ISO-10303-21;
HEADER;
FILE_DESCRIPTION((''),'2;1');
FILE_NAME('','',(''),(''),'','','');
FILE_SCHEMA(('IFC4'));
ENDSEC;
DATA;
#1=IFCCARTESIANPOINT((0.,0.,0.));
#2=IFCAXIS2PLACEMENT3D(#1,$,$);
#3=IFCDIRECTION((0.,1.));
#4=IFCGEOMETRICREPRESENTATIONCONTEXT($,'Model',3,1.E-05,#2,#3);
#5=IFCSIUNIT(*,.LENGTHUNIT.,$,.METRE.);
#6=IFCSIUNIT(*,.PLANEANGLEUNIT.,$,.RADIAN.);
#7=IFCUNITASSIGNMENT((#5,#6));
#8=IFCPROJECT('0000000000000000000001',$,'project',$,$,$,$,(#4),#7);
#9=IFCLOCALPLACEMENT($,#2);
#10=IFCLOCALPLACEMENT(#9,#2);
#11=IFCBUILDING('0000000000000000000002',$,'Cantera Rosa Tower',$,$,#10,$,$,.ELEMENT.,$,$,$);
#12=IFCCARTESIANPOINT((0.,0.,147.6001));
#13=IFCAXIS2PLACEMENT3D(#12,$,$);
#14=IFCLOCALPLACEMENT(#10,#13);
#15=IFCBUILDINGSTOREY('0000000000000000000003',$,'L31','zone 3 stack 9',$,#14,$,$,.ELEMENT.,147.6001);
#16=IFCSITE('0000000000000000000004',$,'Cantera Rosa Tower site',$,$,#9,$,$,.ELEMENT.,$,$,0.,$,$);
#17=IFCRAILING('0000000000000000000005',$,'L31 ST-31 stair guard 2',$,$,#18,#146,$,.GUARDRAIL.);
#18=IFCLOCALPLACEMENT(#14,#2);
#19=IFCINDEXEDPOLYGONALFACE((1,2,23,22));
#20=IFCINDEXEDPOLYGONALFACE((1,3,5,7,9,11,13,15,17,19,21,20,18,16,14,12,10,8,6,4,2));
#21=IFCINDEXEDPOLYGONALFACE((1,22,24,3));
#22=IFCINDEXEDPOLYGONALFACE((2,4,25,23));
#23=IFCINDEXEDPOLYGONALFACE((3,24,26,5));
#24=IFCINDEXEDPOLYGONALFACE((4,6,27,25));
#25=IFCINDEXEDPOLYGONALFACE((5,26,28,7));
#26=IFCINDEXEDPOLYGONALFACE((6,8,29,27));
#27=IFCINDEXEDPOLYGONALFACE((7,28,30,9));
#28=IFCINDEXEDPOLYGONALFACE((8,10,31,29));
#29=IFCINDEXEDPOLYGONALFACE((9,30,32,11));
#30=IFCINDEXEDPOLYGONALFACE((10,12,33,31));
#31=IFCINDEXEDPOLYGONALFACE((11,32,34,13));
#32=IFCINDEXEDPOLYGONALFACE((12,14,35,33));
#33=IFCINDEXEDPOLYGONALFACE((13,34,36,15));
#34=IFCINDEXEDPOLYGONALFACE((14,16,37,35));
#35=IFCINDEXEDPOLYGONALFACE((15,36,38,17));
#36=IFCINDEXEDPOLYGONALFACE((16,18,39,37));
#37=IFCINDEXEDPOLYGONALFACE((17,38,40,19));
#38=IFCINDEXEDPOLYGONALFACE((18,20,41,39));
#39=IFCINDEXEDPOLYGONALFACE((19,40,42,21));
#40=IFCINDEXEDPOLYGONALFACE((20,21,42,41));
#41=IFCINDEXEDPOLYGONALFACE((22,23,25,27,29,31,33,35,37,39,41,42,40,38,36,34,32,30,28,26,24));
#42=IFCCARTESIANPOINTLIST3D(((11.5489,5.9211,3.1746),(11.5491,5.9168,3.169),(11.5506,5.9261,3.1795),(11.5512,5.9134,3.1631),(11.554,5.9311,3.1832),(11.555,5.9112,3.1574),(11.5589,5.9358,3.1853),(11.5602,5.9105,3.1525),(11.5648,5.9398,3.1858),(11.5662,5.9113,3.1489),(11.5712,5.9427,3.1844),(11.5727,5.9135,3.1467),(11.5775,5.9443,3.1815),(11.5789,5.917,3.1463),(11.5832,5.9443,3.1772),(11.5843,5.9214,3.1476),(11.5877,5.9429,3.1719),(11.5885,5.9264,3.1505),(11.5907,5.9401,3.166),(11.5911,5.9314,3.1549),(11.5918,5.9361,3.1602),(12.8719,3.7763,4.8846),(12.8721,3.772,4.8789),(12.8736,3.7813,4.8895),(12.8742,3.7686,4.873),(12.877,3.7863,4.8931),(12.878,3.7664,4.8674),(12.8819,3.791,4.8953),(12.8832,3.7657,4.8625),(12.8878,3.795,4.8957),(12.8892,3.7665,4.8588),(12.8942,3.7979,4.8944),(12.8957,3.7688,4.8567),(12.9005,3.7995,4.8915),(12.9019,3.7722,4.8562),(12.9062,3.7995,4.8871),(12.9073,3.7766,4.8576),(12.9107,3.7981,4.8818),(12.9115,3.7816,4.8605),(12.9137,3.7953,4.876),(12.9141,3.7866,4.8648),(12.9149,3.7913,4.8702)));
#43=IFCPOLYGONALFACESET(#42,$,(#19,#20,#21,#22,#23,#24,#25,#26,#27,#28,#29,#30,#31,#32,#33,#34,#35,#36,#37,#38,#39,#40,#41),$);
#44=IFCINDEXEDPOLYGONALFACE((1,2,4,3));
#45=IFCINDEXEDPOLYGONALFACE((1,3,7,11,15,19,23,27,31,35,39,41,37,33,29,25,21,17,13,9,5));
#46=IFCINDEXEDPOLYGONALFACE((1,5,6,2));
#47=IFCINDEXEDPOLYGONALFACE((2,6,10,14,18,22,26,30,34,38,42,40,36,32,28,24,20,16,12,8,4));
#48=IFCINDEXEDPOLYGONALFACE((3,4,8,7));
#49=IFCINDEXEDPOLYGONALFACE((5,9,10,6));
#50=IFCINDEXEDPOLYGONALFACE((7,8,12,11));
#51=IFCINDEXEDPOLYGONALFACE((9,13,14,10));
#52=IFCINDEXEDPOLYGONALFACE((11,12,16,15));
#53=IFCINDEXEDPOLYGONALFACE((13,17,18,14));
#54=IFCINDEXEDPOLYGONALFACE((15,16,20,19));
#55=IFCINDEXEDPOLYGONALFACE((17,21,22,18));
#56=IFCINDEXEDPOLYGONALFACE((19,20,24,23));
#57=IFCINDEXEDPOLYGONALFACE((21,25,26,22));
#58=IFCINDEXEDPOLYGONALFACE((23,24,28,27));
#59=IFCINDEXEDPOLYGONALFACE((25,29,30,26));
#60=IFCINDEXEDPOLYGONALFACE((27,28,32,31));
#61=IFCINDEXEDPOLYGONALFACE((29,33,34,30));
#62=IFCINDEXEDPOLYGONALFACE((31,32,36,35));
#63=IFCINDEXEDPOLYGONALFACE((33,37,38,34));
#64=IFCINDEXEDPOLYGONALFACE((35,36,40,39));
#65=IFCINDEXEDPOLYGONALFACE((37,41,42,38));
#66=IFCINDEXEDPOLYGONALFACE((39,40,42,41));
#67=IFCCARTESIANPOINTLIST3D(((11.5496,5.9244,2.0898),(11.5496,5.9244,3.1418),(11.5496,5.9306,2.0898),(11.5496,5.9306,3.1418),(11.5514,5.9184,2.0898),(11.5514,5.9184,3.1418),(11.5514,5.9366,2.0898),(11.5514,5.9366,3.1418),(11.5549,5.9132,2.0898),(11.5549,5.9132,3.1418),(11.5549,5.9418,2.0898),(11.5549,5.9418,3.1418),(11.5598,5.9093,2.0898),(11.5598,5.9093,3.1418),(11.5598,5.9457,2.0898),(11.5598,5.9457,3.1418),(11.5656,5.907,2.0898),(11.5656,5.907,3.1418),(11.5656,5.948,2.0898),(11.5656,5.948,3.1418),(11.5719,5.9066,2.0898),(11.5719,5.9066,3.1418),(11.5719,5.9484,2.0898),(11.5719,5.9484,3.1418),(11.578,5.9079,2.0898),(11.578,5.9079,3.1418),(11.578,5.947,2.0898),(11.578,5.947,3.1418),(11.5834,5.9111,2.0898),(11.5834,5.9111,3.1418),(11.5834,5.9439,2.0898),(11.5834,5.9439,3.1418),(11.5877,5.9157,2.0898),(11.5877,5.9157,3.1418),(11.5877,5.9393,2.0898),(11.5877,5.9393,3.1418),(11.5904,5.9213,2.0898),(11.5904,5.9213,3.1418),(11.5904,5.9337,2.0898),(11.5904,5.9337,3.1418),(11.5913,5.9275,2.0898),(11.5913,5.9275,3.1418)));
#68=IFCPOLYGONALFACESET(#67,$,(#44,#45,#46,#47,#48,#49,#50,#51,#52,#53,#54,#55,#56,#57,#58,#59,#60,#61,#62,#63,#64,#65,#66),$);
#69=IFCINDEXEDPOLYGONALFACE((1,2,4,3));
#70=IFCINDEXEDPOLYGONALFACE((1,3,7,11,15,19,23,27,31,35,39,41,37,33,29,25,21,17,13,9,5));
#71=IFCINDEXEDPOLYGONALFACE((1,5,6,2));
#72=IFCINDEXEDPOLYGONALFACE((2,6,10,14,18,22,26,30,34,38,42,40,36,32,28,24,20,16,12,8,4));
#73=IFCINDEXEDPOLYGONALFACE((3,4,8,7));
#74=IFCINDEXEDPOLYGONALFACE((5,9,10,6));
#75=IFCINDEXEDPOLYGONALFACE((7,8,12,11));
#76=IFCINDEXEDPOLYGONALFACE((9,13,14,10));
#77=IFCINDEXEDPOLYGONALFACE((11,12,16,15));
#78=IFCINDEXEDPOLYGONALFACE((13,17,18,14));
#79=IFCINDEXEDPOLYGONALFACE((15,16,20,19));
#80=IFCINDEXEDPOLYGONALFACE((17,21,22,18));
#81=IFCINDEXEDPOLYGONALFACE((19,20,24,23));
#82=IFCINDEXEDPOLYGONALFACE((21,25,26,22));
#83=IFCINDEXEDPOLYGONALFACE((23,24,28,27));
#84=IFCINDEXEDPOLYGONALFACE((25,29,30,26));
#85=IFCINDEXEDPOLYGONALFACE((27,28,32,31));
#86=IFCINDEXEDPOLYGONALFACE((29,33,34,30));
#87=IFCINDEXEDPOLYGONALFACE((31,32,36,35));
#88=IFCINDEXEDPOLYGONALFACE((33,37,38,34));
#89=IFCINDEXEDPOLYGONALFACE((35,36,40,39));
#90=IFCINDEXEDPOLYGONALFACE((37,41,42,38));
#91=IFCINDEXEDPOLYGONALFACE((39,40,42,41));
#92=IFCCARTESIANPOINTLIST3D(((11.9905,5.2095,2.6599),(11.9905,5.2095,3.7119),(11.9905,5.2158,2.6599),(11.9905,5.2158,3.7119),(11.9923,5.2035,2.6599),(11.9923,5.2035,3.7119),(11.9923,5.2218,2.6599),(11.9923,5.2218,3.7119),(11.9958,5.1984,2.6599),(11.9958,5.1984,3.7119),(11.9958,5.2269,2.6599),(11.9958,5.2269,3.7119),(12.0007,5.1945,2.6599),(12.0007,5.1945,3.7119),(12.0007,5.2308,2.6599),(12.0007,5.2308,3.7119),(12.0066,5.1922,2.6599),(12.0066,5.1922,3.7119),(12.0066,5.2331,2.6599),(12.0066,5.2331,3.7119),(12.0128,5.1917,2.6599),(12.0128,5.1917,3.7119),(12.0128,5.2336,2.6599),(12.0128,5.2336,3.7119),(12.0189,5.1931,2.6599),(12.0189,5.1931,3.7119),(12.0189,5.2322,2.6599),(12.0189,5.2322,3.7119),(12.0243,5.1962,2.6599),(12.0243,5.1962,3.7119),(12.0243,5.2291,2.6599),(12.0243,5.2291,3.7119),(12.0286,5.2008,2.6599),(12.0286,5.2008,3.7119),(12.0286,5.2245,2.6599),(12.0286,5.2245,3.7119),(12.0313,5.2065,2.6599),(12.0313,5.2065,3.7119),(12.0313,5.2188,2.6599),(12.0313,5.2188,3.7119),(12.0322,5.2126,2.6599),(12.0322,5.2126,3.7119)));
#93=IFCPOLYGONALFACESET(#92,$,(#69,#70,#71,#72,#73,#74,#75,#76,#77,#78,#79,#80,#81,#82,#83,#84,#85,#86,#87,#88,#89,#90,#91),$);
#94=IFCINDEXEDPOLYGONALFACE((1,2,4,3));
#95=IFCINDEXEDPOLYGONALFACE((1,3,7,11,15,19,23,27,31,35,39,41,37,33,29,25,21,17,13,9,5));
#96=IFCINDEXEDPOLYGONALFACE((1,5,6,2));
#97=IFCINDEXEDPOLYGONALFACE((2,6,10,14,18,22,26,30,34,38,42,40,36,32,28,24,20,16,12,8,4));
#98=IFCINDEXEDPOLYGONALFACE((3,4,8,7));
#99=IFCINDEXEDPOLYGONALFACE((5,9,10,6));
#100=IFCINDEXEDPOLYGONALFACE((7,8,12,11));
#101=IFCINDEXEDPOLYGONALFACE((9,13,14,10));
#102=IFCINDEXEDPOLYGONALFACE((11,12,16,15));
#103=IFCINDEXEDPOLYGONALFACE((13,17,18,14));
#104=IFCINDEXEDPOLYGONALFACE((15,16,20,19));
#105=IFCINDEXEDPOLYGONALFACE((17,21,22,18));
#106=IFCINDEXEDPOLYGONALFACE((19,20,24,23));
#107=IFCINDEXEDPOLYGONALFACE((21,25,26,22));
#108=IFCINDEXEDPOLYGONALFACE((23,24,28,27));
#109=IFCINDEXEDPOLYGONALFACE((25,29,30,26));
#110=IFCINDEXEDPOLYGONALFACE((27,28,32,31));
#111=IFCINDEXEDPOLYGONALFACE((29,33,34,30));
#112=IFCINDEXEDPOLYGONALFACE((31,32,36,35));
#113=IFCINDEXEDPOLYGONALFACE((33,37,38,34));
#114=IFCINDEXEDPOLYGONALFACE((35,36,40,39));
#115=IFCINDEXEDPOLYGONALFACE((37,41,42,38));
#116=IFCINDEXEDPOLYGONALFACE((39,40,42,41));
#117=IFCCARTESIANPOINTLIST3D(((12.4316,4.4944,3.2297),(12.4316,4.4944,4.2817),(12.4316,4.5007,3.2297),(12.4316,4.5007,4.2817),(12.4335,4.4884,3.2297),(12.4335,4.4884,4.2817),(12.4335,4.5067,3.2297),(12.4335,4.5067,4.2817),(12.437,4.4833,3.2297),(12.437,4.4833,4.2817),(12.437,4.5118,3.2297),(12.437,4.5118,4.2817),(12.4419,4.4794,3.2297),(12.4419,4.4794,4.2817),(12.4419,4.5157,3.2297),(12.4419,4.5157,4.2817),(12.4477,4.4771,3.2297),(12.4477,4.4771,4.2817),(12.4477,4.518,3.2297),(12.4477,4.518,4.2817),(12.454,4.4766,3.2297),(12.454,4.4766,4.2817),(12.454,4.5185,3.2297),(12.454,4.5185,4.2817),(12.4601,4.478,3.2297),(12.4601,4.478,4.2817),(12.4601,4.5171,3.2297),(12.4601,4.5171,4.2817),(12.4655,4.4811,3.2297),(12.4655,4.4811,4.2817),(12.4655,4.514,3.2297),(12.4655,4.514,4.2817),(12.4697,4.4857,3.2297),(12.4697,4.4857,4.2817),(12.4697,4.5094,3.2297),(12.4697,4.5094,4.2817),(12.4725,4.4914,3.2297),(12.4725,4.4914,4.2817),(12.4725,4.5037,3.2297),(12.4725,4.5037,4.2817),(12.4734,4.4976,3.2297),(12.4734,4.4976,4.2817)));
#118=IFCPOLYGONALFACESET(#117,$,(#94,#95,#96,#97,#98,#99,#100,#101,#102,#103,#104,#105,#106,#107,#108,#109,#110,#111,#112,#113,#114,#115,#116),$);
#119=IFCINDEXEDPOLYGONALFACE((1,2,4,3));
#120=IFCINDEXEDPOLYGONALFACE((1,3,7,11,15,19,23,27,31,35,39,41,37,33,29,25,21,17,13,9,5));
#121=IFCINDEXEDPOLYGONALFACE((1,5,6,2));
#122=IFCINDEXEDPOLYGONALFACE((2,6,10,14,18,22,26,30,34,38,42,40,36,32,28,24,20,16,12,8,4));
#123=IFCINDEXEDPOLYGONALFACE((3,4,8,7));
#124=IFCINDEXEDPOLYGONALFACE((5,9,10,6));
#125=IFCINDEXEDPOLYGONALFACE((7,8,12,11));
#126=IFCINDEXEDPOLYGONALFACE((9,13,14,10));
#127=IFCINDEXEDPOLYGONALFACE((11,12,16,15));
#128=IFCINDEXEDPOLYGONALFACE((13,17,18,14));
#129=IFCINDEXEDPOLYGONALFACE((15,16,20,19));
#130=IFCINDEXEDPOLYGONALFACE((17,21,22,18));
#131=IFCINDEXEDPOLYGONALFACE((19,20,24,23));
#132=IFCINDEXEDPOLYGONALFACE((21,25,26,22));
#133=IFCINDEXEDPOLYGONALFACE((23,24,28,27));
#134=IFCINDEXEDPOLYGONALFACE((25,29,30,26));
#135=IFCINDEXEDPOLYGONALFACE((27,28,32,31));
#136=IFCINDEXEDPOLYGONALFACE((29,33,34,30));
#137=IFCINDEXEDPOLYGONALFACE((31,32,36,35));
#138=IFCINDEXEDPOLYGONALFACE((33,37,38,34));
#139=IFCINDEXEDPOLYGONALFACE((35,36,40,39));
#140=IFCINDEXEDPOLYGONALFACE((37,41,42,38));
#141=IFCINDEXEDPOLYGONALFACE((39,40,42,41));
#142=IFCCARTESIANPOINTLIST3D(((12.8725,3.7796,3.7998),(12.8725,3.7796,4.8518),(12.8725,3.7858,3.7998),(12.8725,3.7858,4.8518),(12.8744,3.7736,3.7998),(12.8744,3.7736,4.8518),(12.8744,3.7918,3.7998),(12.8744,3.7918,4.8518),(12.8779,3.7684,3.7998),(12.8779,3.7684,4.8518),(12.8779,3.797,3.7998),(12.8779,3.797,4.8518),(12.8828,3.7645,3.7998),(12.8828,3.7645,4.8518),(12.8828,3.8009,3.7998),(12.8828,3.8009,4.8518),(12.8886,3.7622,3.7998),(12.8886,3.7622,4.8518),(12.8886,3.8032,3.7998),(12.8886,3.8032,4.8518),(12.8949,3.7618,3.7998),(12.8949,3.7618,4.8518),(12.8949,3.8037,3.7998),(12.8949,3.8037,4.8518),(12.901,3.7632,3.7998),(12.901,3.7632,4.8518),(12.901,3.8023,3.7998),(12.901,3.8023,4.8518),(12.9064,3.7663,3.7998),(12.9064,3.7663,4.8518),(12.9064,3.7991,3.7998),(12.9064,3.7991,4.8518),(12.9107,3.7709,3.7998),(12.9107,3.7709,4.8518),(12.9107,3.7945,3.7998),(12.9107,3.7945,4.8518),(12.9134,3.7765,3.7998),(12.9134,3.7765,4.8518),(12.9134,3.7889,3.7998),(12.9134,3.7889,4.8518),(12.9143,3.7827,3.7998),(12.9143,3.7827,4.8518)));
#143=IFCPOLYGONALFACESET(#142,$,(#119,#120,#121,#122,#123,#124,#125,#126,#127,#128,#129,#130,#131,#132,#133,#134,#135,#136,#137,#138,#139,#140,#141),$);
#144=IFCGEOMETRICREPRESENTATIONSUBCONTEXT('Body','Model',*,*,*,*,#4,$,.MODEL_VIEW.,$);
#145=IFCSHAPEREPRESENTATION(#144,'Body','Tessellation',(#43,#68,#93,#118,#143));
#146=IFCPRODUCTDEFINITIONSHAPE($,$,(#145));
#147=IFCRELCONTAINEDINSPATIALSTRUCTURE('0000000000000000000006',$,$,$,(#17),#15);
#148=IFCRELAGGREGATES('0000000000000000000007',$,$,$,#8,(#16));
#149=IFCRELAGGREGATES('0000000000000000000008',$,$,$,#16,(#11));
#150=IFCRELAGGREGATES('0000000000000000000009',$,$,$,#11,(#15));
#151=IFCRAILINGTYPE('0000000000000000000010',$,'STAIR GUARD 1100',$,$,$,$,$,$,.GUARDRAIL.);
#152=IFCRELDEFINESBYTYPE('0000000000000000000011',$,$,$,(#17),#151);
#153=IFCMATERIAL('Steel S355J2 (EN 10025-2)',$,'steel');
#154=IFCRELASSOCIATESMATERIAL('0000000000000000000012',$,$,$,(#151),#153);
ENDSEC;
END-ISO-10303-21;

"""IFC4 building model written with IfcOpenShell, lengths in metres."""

from ifc_helpers import new_model, si_unit, direction, frame, origin, origin_2d, place, context, subcontext, project, spatial, circle, extrude, material, type_object, element, save


model = new_model("IFC4")

# Units and contexts
model_context = context("Model", 3, precision=1e-05, world=origin(), true_north=direction((0.0, 1.0)))
body_context = subcontext(model_context, "Body", "Model", "MODEL_VIEW")
ifc_project = project(units=[si_unit("LENGTHUNIT", "METRE"), si_unit("PLANEANGLEUNIT", "RADIAN")], contexts=[model_context])

# Site, building, storey
site_placement = place(None, origin())
site = spatial("IfcSite", under=ifc_project, at=site_placement, Name="Cantera Rosa Tower site", CompositionType="ELEMENT", RefElevation=0.0)
building_placement = place(site_placement, origin())
building = spatial("IfcBuilding", under=site, at=building_placement, Name="Cantera Rosa Tower", CompositionType="ELEMENT")
storey_placement = place(building_placement, frame((0.0, 0.0, 147.6001)))
storey = spatial("IfcBuildingStorey", under=building, at=storey_placement, Name="L31", Description="zone 3 stack 9", CompositionType="ELEMENT", Elevation=147.6001)

# Railing
ifc_material_1 = material(Name="Steel S355J2 (EN 10025-2)", Category="steel")
railing_type_1 = type_object("IfcRailingType", Name="STAIR GUARD 1100", PredefinedType="GUARDRAIL", material=ifc_material_1)
railing_1_placement = place(storey_placement, frame((11.5703, 5.9275, 2.0898)))
element("IfcRailing", 1, at=railing_1_placement, inside=storey, type_object=railing_type_1, Name="L31 ST-31 stair guard 2", PredefinedType="GUARDRAIL", context=body_context, shape_type="SweptSolid", body=[
    extrude(circle(Radius=0.0239, at=origin_2d()), frame((0.0, 0.0, 1.0762), z_axis=(0.434428, -0.704271, 0.561493), x_axis=(0.851102, 0.525, 0.0)), (0.0, 0.0, 1.0), 3.0454),
    extrude(circle(Radius=0.021, at=origin_2d()), origin(), (0.0, 0.0, 1.0), 1.052),
    extrude(circle(Radius=0.021, at=origin_2d()), frame((0.4409, -0.7148, 0.5701)), (0.0, 0.0, 1.0), 1.052),
    extrude(circle(Radius=0.021, at=origin_2d()), frame((0.8821, -1.4299, 1.1399)), (0.0, 0.0, 1.0), 1.052),
    extrude(circle(Radius=0.021, at=origin_2d()), frame((1.323, -2.1448, 1.71)), (0.0, 0.0, 1.0), 1.052),
])

save(model, "model.ifc")
